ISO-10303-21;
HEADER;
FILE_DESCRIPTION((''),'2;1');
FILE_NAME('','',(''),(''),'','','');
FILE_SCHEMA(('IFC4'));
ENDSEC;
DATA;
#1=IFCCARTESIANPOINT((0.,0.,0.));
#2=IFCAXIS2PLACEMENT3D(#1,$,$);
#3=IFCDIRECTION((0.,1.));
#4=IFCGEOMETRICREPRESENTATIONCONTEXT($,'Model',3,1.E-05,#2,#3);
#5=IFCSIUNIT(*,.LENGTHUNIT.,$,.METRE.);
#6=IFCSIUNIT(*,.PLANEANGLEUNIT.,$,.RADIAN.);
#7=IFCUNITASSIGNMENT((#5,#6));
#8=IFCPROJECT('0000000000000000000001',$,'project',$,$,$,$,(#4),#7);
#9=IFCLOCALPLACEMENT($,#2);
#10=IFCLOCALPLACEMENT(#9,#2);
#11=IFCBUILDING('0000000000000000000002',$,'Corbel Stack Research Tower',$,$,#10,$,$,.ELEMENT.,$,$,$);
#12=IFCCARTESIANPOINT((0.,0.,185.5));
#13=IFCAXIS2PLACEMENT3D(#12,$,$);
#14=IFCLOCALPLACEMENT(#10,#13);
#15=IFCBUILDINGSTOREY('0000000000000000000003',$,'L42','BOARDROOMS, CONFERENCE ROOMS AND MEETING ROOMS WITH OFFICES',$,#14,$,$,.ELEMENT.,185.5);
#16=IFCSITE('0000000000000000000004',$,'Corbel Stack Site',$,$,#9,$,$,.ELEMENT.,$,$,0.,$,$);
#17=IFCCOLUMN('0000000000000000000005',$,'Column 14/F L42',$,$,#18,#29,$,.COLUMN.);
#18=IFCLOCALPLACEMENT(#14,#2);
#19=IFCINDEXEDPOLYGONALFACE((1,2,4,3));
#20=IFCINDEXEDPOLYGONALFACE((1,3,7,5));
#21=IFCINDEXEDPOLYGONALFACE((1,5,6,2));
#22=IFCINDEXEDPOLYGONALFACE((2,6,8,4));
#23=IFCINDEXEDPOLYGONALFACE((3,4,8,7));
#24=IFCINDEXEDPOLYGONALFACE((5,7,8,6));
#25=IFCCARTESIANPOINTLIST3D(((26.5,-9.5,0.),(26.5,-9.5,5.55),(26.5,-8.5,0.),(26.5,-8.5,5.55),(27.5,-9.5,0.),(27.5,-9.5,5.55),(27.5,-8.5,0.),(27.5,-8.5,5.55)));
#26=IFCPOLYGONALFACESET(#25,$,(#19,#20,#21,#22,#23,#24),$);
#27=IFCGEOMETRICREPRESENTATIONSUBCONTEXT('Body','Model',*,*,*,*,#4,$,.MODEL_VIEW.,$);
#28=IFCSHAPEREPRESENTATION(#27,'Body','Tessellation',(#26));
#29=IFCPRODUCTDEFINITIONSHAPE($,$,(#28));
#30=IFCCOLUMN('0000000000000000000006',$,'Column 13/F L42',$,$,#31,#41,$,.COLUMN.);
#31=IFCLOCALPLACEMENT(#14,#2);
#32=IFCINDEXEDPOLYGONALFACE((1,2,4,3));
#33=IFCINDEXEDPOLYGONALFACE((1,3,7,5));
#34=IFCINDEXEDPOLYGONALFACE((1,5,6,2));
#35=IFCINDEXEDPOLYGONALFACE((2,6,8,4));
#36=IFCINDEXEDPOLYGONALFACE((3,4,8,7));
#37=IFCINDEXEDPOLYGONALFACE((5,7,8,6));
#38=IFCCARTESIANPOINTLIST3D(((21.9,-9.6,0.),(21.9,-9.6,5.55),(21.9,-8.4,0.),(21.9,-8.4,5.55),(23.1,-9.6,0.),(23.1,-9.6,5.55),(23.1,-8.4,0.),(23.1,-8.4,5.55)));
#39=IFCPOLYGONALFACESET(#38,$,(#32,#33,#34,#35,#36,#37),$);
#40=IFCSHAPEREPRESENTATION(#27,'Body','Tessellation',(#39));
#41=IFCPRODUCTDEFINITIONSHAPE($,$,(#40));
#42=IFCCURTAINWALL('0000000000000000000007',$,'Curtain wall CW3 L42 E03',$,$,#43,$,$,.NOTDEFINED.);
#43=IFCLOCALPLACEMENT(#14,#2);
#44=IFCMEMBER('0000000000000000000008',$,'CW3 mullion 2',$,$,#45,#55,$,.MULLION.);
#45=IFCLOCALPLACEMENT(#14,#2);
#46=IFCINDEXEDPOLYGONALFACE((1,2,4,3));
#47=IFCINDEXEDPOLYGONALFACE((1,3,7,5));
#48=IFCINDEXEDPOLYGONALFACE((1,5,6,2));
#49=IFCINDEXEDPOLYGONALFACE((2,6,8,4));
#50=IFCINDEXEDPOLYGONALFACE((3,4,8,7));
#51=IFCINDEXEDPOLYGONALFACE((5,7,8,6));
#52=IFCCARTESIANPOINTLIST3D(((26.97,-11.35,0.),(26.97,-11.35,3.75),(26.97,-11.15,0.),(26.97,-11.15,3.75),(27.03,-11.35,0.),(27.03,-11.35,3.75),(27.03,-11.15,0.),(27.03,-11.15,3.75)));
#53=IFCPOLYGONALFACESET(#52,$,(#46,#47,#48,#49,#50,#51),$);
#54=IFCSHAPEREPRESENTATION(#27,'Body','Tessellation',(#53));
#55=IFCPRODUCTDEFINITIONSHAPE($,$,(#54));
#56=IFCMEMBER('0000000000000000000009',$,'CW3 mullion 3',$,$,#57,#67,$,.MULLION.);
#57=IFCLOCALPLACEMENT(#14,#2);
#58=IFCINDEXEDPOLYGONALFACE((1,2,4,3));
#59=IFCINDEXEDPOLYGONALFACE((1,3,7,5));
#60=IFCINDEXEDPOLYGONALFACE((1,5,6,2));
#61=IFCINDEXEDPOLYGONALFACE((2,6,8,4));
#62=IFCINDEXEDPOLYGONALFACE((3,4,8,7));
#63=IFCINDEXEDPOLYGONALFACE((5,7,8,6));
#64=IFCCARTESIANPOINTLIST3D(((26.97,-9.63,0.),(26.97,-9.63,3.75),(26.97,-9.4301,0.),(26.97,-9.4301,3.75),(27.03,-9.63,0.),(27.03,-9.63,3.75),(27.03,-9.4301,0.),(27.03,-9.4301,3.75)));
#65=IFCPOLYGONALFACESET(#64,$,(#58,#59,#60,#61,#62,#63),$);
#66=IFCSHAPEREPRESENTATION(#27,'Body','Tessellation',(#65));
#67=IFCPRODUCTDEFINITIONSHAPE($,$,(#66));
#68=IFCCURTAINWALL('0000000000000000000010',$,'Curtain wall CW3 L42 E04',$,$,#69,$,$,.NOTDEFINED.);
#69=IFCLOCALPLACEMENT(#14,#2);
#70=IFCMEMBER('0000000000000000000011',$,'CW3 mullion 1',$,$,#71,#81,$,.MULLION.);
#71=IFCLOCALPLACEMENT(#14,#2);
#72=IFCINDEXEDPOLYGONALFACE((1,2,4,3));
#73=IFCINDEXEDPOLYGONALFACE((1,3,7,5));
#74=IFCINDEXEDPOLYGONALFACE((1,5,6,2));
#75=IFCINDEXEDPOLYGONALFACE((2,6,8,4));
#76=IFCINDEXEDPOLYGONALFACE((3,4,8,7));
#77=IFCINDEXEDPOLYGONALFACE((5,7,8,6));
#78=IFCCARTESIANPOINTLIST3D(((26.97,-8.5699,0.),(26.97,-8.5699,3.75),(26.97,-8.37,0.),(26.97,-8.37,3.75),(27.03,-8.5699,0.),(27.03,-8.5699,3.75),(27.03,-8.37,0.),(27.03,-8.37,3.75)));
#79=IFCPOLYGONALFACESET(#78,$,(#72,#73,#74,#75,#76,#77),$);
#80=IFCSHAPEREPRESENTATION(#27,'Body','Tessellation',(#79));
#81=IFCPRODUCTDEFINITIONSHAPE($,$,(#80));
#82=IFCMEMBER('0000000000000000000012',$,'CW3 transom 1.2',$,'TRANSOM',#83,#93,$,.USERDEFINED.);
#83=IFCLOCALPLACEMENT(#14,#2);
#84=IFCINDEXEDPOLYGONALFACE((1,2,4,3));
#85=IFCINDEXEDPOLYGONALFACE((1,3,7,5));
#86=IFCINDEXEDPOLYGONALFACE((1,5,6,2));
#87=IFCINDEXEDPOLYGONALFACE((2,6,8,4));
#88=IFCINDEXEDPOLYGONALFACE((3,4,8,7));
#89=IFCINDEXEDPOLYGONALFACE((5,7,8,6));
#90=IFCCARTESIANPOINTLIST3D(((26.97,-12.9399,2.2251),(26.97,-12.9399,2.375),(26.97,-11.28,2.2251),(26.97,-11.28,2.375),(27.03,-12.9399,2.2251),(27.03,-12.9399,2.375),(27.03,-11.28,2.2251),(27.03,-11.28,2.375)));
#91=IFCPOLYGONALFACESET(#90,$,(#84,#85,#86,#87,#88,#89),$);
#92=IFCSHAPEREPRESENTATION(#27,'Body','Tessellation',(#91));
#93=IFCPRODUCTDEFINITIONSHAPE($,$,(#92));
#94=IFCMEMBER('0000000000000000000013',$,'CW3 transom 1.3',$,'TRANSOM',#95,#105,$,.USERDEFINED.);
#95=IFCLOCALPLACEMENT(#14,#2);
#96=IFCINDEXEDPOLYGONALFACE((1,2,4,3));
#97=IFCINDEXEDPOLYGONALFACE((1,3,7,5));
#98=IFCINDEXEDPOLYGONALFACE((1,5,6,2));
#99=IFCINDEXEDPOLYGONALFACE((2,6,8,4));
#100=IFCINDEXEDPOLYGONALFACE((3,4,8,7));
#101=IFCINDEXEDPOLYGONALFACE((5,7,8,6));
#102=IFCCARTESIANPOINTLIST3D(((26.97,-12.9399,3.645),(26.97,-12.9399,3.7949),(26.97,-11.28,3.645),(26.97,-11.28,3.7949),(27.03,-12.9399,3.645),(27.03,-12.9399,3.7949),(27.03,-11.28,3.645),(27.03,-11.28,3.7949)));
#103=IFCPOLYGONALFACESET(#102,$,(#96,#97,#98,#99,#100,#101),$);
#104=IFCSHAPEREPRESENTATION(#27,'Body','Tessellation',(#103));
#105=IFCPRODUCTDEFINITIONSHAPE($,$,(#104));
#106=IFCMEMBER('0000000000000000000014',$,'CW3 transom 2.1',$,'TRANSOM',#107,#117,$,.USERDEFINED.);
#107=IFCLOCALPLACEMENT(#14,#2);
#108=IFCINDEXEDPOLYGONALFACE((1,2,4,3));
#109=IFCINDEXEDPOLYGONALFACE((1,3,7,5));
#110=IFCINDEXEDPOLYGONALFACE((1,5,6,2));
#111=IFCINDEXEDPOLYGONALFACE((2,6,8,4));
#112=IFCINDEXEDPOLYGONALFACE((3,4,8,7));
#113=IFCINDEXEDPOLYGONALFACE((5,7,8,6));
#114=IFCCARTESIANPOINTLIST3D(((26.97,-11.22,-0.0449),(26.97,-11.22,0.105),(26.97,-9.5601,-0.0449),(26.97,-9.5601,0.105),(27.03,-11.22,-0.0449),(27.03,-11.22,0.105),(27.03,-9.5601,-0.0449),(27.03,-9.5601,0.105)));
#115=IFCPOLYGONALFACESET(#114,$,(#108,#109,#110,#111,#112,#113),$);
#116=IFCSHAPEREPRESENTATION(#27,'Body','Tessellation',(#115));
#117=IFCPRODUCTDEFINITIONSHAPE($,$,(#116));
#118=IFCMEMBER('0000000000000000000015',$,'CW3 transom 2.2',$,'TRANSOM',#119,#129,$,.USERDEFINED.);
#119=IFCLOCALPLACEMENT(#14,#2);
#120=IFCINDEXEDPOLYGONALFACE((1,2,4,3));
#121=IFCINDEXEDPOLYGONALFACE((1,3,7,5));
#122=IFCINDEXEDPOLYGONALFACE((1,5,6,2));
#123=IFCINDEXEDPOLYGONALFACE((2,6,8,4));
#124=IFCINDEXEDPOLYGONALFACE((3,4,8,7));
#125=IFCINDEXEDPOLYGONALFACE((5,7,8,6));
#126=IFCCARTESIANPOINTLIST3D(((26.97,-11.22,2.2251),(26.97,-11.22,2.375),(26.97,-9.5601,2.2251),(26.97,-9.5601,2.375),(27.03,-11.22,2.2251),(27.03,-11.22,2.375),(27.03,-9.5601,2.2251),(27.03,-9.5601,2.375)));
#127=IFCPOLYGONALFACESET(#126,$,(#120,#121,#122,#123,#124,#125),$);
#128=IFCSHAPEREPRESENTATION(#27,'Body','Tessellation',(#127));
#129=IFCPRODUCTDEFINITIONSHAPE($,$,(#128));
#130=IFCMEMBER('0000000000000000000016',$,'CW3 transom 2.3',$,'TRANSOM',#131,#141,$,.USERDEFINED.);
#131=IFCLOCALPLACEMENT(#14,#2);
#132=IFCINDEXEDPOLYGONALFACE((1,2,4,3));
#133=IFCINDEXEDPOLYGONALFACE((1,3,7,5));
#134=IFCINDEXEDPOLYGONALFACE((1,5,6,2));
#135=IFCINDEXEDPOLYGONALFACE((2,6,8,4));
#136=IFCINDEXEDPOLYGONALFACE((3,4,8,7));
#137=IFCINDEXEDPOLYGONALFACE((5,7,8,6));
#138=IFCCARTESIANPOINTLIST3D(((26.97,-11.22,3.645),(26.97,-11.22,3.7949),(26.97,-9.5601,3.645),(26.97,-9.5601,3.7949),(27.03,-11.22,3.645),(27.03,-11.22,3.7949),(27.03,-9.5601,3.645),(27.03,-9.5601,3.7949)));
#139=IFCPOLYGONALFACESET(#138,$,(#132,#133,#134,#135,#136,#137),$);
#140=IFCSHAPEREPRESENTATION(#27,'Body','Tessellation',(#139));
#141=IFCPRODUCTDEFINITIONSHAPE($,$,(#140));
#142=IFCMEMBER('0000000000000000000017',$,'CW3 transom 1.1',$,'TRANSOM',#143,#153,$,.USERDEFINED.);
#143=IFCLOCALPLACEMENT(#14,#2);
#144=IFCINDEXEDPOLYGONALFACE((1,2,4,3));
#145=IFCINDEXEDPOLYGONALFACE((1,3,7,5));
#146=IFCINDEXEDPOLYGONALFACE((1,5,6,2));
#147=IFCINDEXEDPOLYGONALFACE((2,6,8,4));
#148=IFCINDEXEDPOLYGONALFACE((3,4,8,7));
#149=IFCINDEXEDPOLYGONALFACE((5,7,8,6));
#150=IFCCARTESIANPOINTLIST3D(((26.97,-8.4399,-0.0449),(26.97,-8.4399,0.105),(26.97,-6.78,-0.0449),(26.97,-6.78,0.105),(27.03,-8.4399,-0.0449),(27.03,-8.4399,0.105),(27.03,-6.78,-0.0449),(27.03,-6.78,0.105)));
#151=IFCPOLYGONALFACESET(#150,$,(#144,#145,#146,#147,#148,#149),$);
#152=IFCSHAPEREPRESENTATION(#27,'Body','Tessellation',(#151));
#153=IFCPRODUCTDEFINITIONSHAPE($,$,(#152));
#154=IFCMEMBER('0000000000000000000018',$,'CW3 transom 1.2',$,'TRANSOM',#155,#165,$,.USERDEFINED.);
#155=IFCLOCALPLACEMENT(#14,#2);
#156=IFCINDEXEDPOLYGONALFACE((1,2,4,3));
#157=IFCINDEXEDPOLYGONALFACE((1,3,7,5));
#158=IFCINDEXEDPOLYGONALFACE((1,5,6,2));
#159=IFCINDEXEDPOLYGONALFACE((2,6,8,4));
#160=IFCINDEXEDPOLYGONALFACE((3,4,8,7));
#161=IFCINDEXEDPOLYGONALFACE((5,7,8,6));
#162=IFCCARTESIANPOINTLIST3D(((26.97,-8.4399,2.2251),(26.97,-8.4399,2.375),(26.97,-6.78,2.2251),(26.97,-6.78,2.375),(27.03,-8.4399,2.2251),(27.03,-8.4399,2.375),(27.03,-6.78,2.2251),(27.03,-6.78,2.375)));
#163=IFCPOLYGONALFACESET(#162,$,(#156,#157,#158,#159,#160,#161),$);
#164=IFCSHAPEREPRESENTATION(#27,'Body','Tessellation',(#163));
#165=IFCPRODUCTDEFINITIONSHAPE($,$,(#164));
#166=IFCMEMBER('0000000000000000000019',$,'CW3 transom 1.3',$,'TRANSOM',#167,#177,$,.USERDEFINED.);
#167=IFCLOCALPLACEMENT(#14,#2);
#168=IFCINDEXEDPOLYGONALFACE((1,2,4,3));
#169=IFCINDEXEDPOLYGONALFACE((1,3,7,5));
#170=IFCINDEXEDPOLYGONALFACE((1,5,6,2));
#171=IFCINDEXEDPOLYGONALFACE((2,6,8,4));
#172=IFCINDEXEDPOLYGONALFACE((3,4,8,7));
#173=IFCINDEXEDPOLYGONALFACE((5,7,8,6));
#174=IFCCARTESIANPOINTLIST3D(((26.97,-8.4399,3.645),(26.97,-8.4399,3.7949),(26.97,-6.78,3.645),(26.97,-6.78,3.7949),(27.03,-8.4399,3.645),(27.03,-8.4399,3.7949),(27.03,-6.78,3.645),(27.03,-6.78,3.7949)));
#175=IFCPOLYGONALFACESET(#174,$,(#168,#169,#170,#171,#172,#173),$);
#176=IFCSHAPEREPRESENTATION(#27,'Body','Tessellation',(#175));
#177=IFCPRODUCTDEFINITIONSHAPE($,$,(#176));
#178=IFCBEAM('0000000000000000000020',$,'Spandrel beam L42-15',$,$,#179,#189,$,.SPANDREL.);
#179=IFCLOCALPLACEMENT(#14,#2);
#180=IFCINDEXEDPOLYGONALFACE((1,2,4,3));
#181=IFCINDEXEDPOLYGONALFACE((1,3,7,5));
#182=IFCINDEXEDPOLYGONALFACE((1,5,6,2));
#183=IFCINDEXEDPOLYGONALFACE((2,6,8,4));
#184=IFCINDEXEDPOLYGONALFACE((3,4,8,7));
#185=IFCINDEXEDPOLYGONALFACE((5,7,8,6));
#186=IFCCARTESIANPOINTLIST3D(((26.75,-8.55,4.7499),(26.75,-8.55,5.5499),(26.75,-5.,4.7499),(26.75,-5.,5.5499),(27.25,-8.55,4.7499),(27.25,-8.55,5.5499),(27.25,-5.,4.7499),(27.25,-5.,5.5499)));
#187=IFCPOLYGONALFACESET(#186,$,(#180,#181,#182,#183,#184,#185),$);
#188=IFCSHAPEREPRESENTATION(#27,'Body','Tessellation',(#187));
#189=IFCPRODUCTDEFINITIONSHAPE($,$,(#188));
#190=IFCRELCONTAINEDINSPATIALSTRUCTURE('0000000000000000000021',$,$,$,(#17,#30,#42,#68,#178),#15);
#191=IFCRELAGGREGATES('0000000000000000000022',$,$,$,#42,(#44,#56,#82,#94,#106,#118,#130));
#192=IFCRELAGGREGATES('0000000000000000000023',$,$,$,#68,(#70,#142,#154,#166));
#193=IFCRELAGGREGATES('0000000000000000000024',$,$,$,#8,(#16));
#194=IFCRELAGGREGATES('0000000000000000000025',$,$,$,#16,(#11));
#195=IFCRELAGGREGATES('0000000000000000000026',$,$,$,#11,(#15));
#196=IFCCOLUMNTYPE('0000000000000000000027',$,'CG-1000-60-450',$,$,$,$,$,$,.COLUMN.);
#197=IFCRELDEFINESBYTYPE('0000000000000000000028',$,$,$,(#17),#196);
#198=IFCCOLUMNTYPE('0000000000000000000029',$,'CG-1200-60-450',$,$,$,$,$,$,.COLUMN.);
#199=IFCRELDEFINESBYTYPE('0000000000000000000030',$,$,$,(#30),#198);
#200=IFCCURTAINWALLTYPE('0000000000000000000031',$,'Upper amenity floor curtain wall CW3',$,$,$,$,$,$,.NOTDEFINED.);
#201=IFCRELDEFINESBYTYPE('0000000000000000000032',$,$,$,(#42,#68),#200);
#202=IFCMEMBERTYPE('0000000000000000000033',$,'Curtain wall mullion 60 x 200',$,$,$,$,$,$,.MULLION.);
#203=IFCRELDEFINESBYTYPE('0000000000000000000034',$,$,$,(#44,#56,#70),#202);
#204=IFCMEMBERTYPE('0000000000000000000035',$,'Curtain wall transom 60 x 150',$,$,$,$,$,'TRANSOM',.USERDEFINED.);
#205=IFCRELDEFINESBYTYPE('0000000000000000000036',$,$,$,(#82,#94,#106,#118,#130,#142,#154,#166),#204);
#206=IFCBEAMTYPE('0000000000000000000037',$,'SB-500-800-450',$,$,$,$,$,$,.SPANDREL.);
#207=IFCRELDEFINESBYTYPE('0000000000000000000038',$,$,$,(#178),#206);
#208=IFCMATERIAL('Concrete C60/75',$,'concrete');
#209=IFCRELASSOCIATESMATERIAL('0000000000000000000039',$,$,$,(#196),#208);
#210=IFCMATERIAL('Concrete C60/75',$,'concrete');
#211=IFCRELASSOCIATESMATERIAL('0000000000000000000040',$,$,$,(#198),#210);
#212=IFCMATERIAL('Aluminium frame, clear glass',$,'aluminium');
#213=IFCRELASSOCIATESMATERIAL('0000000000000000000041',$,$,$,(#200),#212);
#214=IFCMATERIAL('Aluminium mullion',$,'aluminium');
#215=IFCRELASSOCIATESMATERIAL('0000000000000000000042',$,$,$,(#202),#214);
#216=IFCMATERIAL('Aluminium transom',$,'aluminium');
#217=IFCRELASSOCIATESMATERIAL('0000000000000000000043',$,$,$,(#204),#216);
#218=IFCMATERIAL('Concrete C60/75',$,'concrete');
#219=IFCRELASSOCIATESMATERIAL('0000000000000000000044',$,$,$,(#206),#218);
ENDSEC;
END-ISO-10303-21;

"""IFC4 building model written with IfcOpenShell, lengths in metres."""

from ifc_helpers import new_model, si_unit, direction, frame, origin, origin_2d, place, context, subcontext, project, spatial, rectangle, extrude, material, material_profile, profile_set, type_object, element, aggregate, save


model = new_model("IFC4")

# Units and contexts
model_context = context("Model", 3, precision=1e-05, world=origin(), true_north=direction((0.0, 1.0)))
body_context = subcontext(model_context, "Body", "Model", "MODEL_VIEW")
ifc_project = project(units=[si_unit("LENGTHUNIT", "METRE"), si_unit("PLANEANGLEUNIT", "RADIAN")], contexts=[model_context])

# Site, building, storey
site_placement = place(None, origin())
site = spatial("IfcSite", under=ifc_project, at=site_placement, Name="Corbel Stack Site", CompositionType="ELEMENT", RefElevation=0.0)
building_placement = place(site_placement, origin())
building = spatial("IfcBuilding", under=site, at=building_placement, Name="Corbel Stack Research Tower", CompositionType="ELEMENT")
storey_placement = place(building_placement, frame((0.0, 0.0, 185.5)))
storey = spatial("IfcBuildingStorey", under=building, at=storey_placement, Name="L42", Description="BOARDROOMS, CONFERENCE ROOMS AND MEETING ROOMS WITH OFFICES", CompositionType="ELEMENT", Elevation=185.5)

# Columns
ifc_material_1 = material(Name="Concrete C60/75", Category="concrete")
ifc_material_profile_1 = material_profile(ifc_material_1, rectangle(XDim=1.0, YDim=1.0, at=origin_2d()), Name="RC 1000 x 1000")
ifc_profile_set_1 = profile_set([ifc_material_profile_1], Name="Concrete C60/75")
column_type_1 = type_object("IfcColumnType", Name="CG-1000-60-450", PredefinedType="COLUMN", material=ifc_profile_set_1)
column_1_placement = place(storey_placement, frame((27.0, -9.0, 0.0), z_axis=(0.0, 0.0, 1.0), x_axis=(1.0, 0.0, 0.0)))
element("IfcColumn", 1, at=column_1_placement, inside=storey, type_object=column_type_1, Name="Column 14/F L42", PredefinedType="COLUMN", context=body_context, shape_type="SweptSolid", body=[
    extrude(rectangle(XDim=1.0, YDim=1.0, at=origin_2d()), origin(), (0.0, 0.0, 1.0), 5.55),
])
ifc_material_2 = material(Name="Concrete C60/75", Category="concrete")
ifc_material_profile_2 = material_profile(ifc_material_2, rectangle(XDim=1.2, YDim=1.2, at=origin_2d()), Name="RC 1200 x 1200")
ifc_profile_set_2 = profile_set([ifc_material_profile_2], Name="Concrete C60/75")
column_type_2 = type_object("IfcColumnType", Name="CG-1200-60-450", PredefinedType="COLUMN", material=ifc_profile_set_2)
column_2_placement = place(storey_placement, frame((22.5, -9.0, 0.0), z_axis=(0.0, 0.0, 1.0), x_axis=(1.0, 0.0, 0.0)))
element("IfcColumn", 2, at=column_2_placement, inside=storey, type_object=column_type_2, Name="Column 13/F L42", PredefinedType="COLUMN", context=body_context, shape_type="SweptSolid", body=[
    extrude(rectangle(XDim=1.2, YDim=1.2, at=origin_2d()), origin(), (0.0, 0.0, 1.0), 5.55),
])

# Curtain wall, members
ifc_material_3 = material(Name="Aluminium frame, clear glass", Category="aluminium")
curtain_wall_type = type_object("IfcCurtainWallType", Name="Upper amenity floor curtain wall CW3", PredefinedType="NOTDEFINED", material=ifc_material_3)
curtain_wall_1_placement = place(storey_placement, origin())
curtain_wall_1 = element("IfcCurtainWall", 3, at=curtain_wall_1_placement, inside=storey, type_object=curtain_wall_type, Name="Curtain wall CW3 L42 E03", PredefinedType="NOTDEFINED")
ifc_material_4 = material(Name="Aluminium mullion", Category="aluminium")
ifc_material_profile_3 = material_profile(ifc_material_4, rectangle(XDim=0.0601, YDim=0.2, at=origin_2d()), Name="Mullion 60 x 200")
ifc_profile_set_3 = profile_set([ifc_material_profile_3], Name="Aluminium mullion")
member_type_1 = type_object("IfcMemberType", Name="Curtain wall mullion 60 x 200", PredefinedType="MULLION", material=ifc_profile_set_3)
member_1_placement = place(storey_placement, frame((27.0, -11.25, 0.0), z_axis=(0.0, 0.0, 1.0), x_axis=(-1.0, 0.0, 0.0)))
member_1 = element("IfcMember", 4, at=member_1_placement, type_object=member_type_1, Name="CW3 mullion 2", PredefinedType="MULLION", context=body_context, shape_type="SweptSolid", body=[
    extrude(rectangle(XDim=0.0601, YDim=0.2, at=origin_2d()), origin(), (0.0, 0.0, 1.0), 3.75),
])
member_2_placement = place(storey_placement, frame((27.0, -9.53, 0.0), z_axis=(0.0, 0.0, 1.0), x_axis=(-1.0, 0.0, 0.0)))
member_2 = element("IfcMember", 5, at=member_2_placement, type_object=member_type_1, Name="CW3 mullion 3", PredefinedType="MULLION", context=body_context, shape_type="SweptSolid", body=[
    extrude(rectangle(XDim=0.0601, YDim=0.2, at=origin_2d()), origin(), (0.0, 0.0, 1.0), 3.75),
])

# Curtain wall, member
curtain_wall_2_placement = place(storey_placement, origin())
curtain_wall_2 = element("IfcCurtainWall", 6, at=curtain_wall_2_placement, inside=storey, type_object=curtain_wall_type, Name="Curtain wall CW3 L42 E04", PredefinedType="NOTDEFINED")
member_3_placement = place(storey_placement, frame((27.0, -8.47, 0.0), z_axis=(0.0, 0.0, 1.0), x_axis=(-1.0, 0.0, 0.0)))
member_3 = element("IfcMember", 7, at=member_3_placement, type_object=member_type_1, Name="CW3 mullion 1", PredefinedType="MULLION", context=body_context, shape_type="SweptSolid", body=[
    extrude(rectangle(XDim=0.0601, YDim=0.2, at=origin_2d()), origin(), (0.0, 0.0, 1.0), 3.75),
])

# Members
ifc_material_5 = material(Name="Aluminium transom", Category="aluminium")
ifc_material_profile_4 = material_profile(ifc_material_5, rectangle(XDim=0.0601, YDim=0.1499, at=origin_2d()), Name="Transom 60 x 150")
ifc_profile_set_4 = profile_set([ifc_material_profile_4], Name="Aluminium transom")
member_type_2 = type_object("IfcMemberType", Name="Curtain wall transom 60 x 150", ElementType="TRANSOM", PredefinedType="USERDEFINED", material=ifc_profile_set_4)
member_4_placement = place(storey_placement, frame((27.0, -12.9399, 2.3), z_axis=(0.0, 1.0, 0.0), x_axis=(-1.0, 0.0, 0.0)))
member_4 = element("IfcMember", 8, at=member_4_placement, type_object=member_type_2, Name="CW3 transom 1.2", ObjectType="TRANSOM", PredefinedType="USERDEFINED", context=body_context, shape_type="SweptSolid", body=[
    extrude(rectangle(XDim=0.0601, YDim=0.1499, at=origin_2d()), origin(), (0.0, 0.0, 1.0), 1.6599),
])
member_5_placement = place(storey_placement, frame((27.0, -12.9399, 3.72), z_axis=(0.0, 1.0, 0.0), x_axis=(-1.0, 0.0, 0.0)))
member_5 = element("IfcMember", 9, at=member_5_placement, type_object=member_type_2, Name="CW3 transom 1.3", ObjectType="TRANSOM", PredefinedType="USERDEFINED", context=body_context, shape_type="SweptSolid", body=[
    extrude(rectangle(XDim=0.0601, YDim=0.1499, at=origin_2d()), origin(), (0.0, 0.0, 1.0), 1.6599),
])
member_6_placement = place(storey_placement, frame((27.0, -11.22, 0.03), z_axis=(0.0, 1.0, 0.0), x_axis=(-1.0, 0.0, 0.0)))
member_6 = element("IfcMember", 10, at=member_6_placement, type_object=member_type_2, Name="CW3 transom 2.1", ObjectType="TRANSOM", PredefinedType="USERDEFINED", context=body_context, shape_type="SweptSolid", body=[
    extrude(rectangle(XDim=0.0601, YDim=0.1499, at=origin_2d()), origin(), (0.0, 0.0, 1.0), 1.6599),
])
member_7_placement = place(storey_placement, frame((27.0, -11.22, 2.3), z_axis=(0.0, 1.0, 0.0), x_axis=(-1.0, 0.0, 0.0)))
member_7 = element("IfcMember", 11, at=member_7_placement, type_object=member_type_2, Name="CW3 transom 2.2", ObjectType="TRANSOM", PredefinedType="USERDEFINED", context=body_context, shape_type="SweptSolid", body=[
    extrude(rectangle(XDim=0.0601, YDim=0.1499, at=origin_2d()), origin(), (0.0, 0.0, 1.0), 1.6599),
])
member_8_placement = place(storey_placement, frame((27.0, -11.22, 3.72), z_axis=(0.0, 1.0, 0.0), x_axis=(-1.0, 0.0, 0.0)))
member_8 = element("IfcMember", 12, at=member_8_placement, type_object=member_type_2, Name="CW3 transom 2.3", ObjectType="TRANSOM", PredefinedType="USERDEFINED", context=body_context, shape_type="SweptSolid", body=[
    extrude(rectangle(XDim=0.0601, YDim=0.1499, at=origin_2d()), origin(), (0.0, 0.0, 1.0), 1.6599),
])
member_9_placement = place(storey_placement, frame((27.0, -8.4399, 0.03), z_axis=(0.0, 1.0, 0.0), x_axis=(-1.0, 0.0, 0.0)))
member_9 = element("IfcMember", 13, at=member_9_placement, type_object=member_type_2, Name="CW3 transom 1.1", ObjectType="TRANSOM", PredefinedType="USERDEFINED", context=body_context, shape_type="SweptSolid", body=[
    extrude(rectangle(XDim=0.0601, YDim=0.1499, at=origin_2d()), origin(), (0.0, 0.0, 1.0), 1.6599),
])
member_10_placement = place(storey_placement, frame((27.0, -8.4399, 2.3), z_axis=(0.0, 1.0, 0.0), x_axis=(-1.0, 0.0, 0.0)))
member_10 = element("IfcMember", 14, at=member_10_placement, type_object=member_type_2, Name="CW3 transom 1.2", ObjectType="TRANSOM", PredefinedType="USERDEFINED", context=body_context, shape_type="SweptSolid", body=[
    extrude(rectangle(XDim=0.0601, YDim=0.1499, at=origin_2d()), origin(), (0.0, 0.0, 1.0), 1.6599),
])
member_11_placement = place(storey_placement, frame((27.0, -8.4399, 3.72), z_axis=(0.0, 1.0, 0.0), x_axis=(-1.0, 0.0, 0.0)))
member_11 = element("IfcMember", 15, at=member_11_placement, type_object=member_type_2, Name="CW3 transom 1.3", ObjectType="TRANSOM", PredefinedType="USERDEFINED", context=body_context, shape_type="SweptSolid", body=[
    extrude(rectangle(XDim=0.0601, YDim=0.1499, at=origin_2d()), origin(), (0.0, 0.0, 1.0), 1.6599),
])

# Beam
ifc_material_6 = material(Name="Concrete C60/75", Category="concrete")
ifc_material_profile_5 = material_profile(ifc_material_6, rectangle(XDim=0.5, YDim=0.8, at=origin_2d()), Name="RC 500 x 800")
ifc_profile_set_5 = profile_set([ifc_material_profile_5], Name="Concrete C60/75")
beam_type_1 = type_object("IfcBeamType", Name="SB-500-800-450", PredefinedType="SPANDREL", material=ifc_profile_set_5)
beam_1_placement = place(storey_placement, frame((27.0, -8.55, 5.1499), z_axis=(0.0, 1.0, 0.0), x_axis=(-1.0, 0.0, 0.0)))
element("IfcBeam", 16, at=beam_1_placement, inside=storey, type_object=beam_type_1, Name="Spandrel beam L42-15", PredefinedType="SPANDREL", context=body_context, shape_type="SweptSolid", body=[
    extrude(rectangle(XDim=0.5, YDim=0.8, at=origin_2d()), origin(), (0.0, 0.0, 1.0), 3.55),
])

aggregate(curtain_wall_1, [member_1, member_2, member_4, member_5, member_6, member_7, member_8])
aggregate(curtain_wall_2, [member_3, member_9, member_10, member_11])

save(model, "model.ifc")
